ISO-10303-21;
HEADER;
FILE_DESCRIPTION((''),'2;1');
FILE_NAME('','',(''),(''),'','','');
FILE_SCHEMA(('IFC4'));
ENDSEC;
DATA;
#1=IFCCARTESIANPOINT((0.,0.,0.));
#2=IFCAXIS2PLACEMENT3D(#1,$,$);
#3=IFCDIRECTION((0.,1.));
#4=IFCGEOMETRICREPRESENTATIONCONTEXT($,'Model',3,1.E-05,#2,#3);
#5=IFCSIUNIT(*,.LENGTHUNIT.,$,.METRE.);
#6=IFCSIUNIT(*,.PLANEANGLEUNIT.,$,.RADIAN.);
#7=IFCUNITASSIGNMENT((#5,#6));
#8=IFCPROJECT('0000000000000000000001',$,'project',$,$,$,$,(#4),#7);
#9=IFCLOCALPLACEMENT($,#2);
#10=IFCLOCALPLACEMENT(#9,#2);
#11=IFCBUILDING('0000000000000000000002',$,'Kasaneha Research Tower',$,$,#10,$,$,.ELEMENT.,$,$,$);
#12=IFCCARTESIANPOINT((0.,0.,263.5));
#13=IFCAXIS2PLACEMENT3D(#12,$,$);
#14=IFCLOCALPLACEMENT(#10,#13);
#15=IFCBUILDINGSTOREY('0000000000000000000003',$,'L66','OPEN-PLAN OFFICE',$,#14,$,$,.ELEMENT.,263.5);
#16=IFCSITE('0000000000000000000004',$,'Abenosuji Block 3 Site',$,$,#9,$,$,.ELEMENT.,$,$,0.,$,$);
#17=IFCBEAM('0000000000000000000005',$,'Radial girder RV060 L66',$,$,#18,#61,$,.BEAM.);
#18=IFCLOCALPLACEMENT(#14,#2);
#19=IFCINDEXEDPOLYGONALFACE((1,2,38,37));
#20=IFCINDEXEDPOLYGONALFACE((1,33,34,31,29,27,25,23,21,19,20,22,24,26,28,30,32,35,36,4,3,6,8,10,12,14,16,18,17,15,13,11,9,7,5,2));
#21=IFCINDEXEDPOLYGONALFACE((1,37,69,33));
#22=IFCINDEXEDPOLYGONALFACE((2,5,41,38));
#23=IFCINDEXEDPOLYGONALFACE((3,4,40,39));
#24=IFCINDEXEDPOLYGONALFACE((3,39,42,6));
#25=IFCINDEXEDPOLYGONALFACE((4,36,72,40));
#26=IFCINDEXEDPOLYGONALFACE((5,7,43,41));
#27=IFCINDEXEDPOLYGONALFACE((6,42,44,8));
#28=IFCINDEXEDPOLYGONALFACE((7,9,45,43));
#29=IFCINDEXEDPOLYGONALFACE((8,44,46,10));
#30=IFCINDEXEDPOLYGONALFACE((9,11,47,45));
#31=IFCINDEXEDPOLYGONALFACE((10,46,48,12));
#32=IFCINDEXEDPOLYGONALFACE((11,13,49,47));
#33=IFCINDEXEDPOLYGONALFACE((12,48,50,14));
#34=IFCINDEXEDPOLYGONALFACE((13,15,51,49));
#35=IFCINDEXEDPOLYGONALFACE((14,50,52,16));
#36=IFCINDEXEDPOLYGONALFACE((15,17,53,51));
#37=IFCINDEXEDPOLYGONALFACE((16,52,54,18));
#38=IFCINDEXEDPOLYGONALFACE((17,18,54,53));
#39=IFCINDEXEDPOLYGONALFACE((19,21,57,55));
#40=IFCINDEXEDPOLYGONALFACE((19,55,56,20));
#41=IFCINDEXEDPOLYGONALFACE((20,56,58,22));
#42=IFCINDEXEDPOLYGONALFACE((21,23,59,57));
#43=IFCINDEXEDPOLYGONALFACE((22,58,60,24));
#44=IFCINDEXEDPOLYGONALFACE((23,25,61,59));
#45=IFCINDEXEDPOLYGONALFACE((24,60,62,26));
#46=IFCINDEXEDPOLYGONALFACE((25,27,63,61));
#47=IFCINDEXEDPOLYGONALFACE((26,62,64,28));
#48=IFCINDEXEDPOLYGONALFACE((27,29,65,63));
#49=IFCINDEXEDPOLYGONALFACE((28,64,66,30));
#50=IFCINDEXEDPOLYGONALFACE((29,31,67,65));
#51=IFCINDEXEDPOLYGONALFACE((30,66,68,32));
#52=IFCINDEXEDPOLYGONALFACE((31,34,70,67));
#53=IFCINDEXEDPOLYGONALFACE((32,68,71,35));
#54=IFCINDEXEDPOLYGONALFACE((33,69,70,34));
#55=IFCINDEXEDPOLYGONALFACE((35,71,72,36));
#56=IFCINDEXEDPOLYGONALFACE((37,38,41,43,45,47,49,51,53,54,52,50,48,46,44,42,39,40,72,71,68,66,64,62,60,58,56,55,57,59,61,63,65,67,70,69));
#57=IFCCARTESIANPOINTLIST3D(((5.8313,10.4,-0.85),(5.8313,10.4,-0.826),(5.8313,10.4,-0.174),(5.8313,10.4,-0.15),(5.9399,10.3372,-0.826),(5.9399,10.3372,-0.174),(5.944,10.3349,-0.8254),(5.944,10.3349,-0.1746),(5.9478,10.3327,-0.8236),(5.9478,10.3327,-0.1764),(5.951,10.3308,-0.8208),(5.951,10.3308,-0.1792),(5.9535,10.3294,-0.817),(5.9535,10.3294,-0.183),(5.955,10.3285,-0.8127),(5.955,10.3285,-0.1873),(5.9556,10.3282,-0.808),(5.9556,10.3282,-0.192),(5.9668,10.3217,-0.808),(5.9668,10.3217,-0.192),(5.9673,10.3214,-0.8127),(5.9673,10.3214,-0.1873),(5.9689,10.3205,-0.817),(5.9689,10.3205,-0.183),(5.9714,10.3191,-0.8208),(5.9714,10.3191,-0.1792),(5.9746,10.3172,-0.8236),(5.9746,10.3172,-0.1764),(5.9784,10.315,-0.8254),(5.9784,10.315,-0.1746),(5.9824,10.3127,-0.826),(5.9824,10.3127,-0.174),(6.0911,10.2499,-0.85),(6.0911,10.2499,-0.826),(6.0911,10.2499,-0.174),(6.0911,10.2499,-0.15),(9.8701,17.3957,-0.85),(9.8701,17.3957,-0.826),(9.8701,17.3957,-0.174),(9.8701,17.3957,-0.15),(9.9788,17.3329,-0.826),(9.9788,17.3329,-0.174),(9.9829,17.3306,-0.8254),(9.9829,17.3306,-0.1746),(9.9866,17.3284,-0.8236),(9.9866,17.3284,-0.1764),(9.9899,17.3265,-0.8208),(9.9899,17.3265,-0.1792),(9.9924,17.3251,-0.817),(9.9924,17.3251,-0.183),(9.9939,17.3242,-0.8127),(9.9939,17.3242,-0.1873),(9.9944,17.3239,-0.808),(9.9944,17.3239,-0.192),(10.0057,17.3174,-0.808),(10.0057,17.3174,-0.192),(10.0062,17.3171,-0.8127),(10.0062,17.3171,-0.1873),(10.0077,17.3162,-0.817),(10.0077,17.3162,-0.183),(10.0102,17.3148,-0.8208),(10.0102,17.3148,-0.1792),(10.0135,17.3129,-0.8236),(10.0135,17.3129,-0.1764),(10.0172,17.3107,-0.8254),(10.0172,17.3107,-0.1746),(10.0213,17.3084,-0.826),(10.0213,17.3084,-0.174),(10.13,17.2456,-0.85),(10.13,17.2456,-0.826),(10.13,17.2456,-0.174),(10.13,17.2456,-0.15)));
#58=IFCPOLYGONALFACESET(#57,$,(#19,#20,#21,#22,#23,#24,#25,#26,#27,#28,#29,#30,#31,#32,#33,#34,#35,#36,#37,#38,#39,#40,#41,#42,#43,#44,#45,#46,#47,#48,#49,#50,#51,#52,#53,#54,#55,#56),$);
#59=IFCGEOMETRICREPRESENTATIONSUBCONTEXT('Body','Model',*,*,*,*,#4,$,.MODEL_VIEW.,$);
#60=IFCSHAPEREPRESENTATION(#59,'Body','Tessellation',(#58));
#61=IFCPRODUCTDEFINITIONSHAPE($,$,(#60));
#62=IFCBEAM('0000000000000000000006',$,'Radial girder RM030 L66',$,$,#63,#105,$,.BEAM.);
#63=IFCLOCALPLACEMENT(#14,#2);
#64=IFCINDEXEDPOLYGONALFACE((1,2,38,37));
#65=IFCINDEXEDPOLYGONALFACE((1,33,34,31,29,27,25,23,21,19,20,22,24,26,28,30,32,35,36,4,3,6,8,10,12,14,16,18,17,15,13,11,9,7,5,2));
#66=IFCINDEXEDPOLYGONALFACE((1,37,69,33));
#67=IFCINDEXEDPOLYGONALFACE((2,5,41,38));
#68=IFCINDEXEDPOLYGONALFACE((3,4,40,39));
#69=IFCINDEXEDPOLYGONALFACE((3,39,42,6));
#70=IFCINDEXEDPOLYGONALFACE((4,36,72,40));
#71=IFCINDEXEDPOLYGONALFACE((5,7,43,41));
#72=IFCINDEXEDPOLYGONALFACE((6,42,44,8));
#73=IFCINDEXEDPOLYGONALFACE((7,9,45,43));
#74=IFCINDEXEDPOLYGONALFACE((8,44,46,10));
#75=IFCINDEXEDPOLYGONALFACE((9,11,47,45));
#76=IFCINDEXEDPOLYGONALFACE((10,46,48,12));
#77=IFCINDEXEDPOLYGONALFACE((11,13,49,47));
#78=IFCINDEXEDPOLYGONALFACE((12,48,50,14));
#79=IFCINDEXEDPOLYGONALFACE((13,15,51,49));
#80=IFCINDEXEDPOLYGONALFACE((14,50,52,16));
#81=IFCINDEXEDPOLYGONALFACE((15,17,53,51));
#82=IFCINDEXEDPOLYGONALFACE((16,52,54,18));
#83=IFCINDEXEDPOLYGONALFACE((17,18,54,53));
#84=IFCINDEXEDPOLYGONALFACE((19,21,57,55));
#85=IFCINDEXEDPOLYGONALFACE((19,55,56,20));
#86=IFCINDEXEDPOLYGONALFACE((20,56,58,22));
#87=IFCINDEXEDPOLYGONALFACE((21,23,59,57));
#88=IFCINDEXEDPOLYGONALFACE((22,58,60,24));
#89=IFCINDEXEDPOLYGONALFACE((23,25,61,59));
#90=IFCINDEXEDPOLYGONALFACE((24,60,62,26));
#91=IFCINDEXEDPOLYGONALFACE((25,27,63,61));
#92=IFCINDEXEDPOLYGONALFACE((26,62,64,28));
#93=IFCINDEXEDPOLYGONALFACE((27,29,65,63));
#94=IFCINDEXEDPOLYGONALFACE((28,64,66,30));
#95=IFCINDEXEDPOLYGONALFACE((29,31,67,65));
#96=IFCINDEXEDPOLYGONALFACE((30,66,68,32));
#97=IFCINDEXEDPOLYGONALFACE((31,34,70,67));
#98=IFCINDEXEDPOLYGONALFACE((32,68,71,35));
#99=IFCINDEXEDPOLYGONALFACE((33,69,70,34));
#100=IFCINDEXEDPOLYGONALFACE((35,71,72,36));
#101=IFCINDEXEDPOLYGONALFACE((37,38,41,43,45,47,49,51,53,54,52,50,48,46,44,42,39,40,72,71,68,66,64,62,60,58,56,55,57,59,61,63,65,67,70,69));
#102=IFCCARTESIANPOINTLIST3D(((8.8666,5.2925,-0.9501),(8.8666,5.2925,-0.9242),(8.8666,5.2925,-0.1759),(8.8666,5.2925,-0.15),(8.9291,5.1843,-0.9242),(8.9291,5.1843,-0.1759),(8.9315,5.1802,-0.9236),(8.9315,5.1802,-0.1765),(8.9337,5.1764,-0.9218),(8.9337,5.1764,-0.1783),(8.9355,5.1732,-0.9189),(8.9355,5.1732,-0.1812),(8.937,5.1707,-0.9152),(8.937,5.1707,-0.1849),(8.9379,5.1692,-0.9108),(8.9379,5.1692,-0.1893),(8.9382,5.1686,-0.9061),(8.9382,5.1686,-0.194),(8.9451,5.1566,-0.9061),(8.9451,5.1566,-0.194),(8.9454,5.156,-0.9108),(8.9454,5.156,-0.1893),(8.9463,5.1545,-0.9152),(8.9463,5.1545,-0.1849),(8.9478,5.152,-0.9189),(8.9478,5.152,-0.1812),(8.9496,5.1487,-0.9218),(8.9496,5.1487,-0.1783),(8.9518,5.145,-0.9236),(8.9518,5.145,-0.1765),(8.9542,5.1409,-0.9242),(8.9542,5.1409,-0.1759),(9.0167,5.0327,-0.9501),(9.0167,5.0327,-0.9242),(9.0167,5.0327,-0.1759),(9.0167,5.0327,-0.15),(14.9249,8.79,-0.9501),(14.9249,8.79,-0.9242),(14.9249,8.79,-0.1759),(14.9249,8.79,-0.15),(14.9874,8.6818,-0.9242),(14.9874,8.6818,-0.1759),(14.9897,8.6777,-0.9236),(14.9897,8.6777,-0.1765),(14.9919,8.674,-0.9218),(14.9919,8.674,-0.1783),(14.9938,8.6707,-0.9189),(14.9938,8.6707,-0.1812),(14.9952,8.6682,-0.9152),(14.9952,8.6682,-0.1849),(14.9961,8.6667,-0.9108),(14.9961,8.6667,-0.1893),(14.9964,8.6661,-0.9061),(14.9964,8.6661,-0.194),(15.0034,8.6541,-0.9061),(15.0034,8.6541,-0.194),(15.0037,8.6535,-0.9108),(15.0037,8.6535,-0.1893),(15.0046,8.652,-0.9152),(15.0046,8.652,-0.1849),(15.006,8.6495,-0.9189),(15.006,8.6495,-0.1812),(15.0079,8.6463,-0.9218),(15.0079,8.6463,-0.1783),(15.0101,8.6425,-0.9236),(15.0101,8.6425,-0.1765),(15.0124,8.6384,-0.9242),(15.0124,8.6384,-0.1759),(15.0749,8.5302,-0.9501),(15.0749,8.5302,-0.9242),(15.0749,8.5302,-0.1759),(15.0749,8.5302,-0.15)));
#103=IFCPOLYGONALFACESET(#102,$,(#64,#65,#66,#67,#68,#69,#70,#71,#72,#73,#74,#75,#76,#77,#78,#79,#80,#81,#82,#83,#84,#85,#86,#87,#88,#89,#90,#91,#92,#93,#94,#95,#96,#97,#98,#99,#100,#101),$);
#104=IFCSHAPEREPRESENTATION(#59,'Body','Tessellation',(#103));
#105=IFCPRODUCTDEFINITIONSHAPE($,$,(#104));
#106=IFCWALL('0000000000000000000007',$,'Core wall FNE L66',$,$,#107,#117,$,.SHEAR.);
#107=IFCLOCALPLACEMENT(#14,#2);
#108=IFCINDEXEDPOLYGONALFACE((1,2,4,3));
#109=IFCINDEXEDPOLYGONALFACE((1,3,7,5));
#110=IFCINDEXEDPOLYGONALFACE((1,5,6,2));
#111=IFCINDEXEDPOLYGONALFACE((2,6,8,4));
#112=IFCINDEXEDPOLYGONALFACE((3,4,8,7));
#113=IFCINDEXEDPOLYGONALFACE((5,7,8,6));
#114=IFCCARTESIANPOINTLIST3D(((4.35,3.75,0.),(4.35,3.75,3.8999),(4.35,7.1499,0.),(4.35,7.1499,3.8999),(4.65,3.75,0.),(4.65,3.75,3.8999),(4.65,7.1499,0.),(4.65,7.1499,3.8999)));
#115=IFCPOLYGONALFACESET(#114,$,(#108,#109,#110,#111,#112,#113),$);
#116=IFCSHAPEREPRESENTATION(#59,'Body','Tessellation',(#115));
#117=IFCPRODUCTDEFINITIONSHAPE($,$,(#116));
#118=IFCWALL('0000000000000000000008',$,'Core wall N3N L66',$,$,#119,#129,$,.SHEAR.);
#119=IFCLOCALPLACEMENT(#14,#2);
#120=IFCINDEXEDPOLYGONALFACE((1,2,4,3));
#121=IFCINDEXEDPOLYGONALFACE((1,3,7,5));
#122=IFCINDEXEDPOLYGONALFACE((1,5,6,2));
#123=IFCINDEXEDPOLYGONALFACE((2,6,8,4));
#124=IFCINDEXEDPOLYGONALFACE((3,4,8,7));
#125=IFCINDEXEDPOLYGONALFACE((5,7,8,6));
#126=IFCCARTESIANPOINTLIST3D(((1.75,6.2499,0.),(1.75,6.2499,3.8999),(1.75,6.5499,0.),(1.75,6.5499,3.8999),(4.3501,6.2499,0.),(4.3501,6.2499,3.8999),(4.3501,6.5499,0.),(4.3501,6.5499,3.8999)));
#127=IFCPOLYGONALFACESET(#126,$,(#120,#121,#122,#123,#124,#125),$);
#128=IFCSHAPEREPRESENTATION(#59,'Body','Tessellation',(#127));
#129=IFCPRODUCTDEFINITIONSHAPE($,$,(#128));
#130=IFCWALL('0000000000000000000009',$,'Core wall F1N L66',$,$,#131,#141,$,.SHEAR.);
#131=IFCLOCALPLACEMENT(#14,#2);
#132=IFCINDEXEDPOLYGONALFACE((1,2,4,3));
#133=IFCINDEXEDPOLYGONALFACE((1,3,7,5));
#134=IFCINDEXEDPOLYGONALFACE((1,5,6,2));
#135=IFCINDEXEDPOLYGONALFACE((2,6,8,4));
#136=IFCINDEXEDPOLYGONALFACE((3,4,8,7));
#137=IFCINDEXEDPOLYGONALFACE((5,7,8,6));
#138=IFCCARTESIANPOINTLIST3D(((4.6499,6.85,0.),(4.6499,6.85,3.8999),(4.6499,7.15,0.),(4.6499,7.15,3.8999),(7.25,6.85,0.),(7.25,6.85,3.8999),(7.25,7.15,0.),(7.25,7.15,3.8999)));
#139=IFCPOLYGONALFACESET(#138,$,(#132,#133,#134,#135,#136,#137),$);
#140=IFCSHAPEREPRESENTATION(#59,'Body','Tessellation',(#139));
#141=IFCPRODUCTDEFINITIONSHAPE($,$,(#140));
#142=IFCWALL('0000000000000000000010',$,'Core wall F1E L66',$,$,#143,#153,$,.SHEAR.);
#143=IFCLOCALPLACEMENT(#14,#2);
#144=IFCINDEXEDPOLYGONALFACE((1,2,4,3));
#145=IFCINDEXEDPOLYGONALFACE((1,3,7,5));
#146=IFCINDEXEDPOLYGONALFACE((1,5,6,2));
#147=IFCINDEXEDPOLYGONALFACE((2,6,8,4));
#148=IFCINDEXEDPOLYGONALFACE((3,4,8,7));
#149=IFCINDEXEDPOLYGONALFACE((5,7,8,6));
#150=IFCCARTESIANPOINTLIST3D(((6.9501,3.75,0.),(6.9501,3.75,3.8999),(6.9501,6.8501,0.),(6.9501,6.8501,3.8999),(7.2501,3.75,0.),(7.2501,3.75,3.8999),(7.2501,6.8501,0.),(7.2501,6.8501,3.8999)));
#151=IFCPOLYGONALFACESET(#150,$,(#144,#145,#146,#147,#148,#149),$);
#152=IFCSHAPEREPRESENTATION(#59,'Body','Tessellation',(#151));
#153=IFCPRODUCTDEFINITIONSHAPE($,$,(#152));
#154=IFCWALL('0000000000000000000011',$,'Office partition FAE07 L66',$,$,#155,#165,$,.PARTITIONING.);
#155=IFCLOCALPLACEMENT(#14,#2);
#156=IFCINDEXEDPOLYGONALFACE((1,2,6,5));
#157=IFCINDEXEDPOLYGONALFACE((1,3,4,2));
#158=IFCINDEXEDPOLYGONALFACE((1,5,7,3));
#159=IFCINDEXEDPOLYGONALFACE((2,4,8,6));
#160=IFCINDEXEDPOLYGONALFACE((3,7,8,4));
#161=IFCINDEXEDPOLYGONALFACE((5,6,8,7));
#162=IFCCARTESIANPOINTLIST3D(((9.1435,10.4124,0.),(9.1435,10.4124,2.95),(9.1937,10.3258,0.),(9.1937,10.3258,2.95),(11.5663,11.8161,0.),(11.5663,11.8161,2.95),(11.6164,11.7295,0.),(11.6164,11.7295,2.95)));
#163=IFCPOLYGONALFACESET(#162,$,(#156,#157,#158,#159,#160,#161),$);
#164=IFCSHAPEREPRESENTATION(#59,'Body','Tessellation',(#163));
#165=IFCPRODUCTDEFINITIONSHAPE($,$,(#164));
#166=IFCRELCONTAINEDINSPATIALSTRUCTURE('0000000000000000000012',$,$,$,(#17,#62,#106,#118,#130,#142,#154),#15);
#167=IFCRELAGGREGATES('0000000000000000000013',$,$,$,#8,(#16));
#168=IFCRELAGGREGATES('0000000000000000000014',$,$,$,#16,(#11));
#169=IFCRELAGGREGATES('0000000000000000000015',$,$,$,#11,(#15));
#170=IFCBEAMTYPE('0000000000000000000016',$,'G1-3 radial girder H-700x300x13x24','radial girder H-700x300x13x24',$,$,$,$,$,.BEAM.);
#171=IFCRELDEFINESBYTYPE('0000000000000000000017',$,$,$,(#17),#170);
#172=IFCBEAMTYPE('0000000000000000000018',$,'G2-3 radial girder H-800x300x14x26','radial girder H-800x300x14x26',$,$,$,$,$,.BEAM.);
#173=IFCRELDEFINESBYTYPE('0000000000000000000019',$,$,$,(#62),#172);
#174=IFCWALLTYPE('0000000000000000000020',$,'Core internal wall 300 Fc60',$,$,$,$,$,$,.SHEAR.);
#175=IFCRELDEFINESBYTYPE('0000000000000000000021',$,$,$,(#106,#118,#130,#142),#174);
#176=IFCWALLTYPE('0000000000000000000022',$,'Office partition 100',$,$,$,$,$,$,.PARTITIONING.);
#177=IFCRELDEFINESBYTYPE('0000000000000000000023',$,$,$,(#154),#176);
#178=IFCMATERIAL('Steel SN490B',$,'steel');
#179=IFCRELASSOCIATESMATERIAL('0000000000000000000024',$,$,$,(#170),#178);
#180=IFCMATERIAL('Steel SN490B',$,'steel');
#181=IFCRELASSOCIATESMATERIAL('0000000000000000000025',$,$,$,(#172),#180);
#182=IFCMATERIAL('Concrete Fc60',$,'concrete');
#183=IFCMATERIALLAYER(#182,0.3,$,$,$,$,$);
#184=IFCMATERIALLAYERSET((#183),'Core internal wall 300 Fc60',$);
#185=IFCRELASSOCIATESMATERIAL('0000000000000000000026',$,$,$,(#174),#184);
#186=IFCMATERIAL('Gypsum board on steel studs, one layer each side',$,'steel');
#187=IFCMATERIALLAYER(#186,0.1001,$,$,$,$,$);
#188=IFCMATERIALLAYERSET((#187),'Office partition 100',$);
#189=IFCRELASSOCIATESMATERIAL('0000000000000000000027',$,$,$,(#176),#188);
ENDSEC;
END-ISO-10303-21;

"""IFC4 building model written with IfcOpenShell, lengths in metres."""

from ifc_helpers import new_model, si_unit, direction, frame, frame_2d, origin, origin_2d, place, context, subcontext, project, spatial, rectangle, i_section, extrude, material, layer, layer_set, material_profile, profile_set, type_object, element, save


model = new_model("IFC4")

# Units and contexts
model_context = context("Model", 3, precision=1e-05, world=origin(), true_north=direction((0.0, 1.0)))
body_context = subcontext(model_context, "Body", "Model", "MODEL_VIEW")
ifc_project = project(units=[si_unit("LENGTHUNIT", "METRE"), si_unit("PLANEANGLEUNIT", "RADIAN")], contexts=[model_context])

# Site, building, storey
site_placement = place(None, origin())
site = spatial("IfcSite", under=ifc_project, at=site_placement, Name="Abenosuji Block 3 Site", CompositionType="ELEMENT", RefElevation=0.0)
building_placement = place(site_placement, origin())
building = spatial("IfcBuilding", under=site, at=building_placement, Name="Kasaneha Research Tower", CompositionType="ELEMENT")
storey_placement = place(building_placement, frame((0.0, 0.0, 263.5)))
storey = spatial("IfcBuildingStorey", under=building, at=storey_placement, Name="L66", Description="OPEN-PLAN OFFICE", CompositionType="ELEMENT", Elevation=263.5)

# Beams
ifc_material_1 = material(Name="Steel SN490B", Category="steel")
ifc_material_profile_1 = material_profile(ifc_material_1, i_section(OverallWidth=0.3, OverallDepth=0.7, WebThickness=0.0129, FlangeThickness=0.0239, FilletRadius=0.0181, at=origin_2d()), Name="H-700x300x13x24")
ifc_profile_set_1 = profile_set([ifc_material_profile_1], Name="Steel SN490B")
beam_type_1 = type_object("IfcBeamType", Name="G1-3 radial girder H-700x300x13x24", Description="radial girder H-700x300x13x24", PredefinedType="BEAM", material=ifc_profile_set_1)
beam_1_placement = place(storey_placement, frame((5.9612, 10.325, -0.5), z_axis=(0.499991, 0.866031, 0.0), x_axis=(-0.866031, 0.499991, 0.0)))
element("IfcBeam", 1, at=beam_1_placement, inside=storey, type_object=beam_type_1, Name="Radial girder RV060 L66", PredefinedType="BEAM", context=body_context, shape_type="SweptSolid", body=[
    extrude(i_section(OverallWidth=0.3, OverallDepth=0.7, WebThickness=0.0129, FlangeThickness=0.0239, FilletRadius=0.0181, at=origin_2d()), origin(), (0.0, 0.0, 1.0), 8.0779),
])
ifc_material_2 = material(Name="Steel SN490B", Category="steel")
ifc_material_profile_2 = material_profile(ifc_material_2, i_section(OverallWidth=0.3, OverallDepth=0.8, WebThickness=0.0139, FlangeThickness=0.0259, FilletRadius=0.0181, at=origin_2d()), Name="H-800x300x14x26")
ifc_profile_set_2 = profile_set([ifc_material_profile_2], Name="Steel SN490B")
beam_type_2 = type_object("IfcBeamType", Name="G2-3 radial girder H-800x300x14x26", Description="radial girder H-800x300x14x26", PredefinedType="BEAM", material=ifc_profile_set_2)
beam_2_placement = place(storey_placement, frame((8.9417, 5.1626, -0.55), z_axis=(0.86604, 0.499975, 0.0), x_axis=(-0.499975, 0.86604, 0.0)))
element("IfcBeam", 2, at=beam_2_placement, inside=storey, type_object=beam_type_2, Name="Radial girder RM030 L66", PredefinedType="BEAM", context=body_context, shape_type="SweptSolid", body=[
    extrude(i_section(OverallWidth=0.3, OverallDepth=0.8, WebThickness=0.0139, FlangeThickness=0.0259, FilletRadius=0.0181, at=origin_2d()), origin(), (0.0, 0.0, 1.0), 6.9954),
])

# Walls
ifc_material_3 = material(Name="Concrete Fc60", Category="concrete")
ifc_layer_1 = layer(ifc_material_3, 0.3)
ifc_layer_set_1 = layer_set([ifc_layer_1], Name="Core internal wall 300 Fc60")
wall_type_1 = type_object("IfcWallType", Name="Core internal wall 300 Fc60", PredefinedType="SHEAR", material=ifc_layer_set_1)
wall_1_placement = place(storey_placement, frame((4.5, 3.75, 0.0), z_axis=(0.0, 0.0, 1.0), x_axis=(0.0, 1.0, 0.0)))
element("IfcWall", 3, at=wall_1_placement, inside=storey, type_object=wall_type_1, Name="Core wall FNE L66", PredefinedType="SHEAR", context=body_context, shape_type="SweptSolid", body=[
    extrude(rectangle(XDim=3.3999, YDim=0.3, at=frame_2d((1.7, 0.0))), origin(), (0.0, 0.0, 1.0), 3.8999),
])
for number, where, z_axis, x_axis, name in (
    (4, (1.75, 6.3999, 0.0), (0.0, 0.0, 1.0), (1.0, 0.0, 0.0), "Core wall N3N L66"),
    (5, (4.6499, 7.0, 0.0), (0.0, 0.0, 1.0), (1.0, 0.0, 0.0), "Core wall F1N L66"),
):
    element("IfcWall", number, at=place(storey_placement, frame(where, z_axis=z_axis, x_axis=x_axis)), inside=storey, type_object=wall_type_1, Name=name, PredefinedType="SHEAR", context=body_context, shape_type="SweptSolid", body=[
        extrude(rectangle(XDim=2.6001, YDim=0.3, at=frame_2d((1.3, 0.0))), origin(), (0.0, 0.0, 1.0), 3.8999),
    ])
wall_2_placement = place(storey_placement, frame((7.1001, 3.75, 0.0), z_axis=(0.0, 0.0, 1.0), x_axis=(0.0, 1.0, 0.0)))
element("IfcWall", 6, at=wall_2_placement, inside=storey, type_object=wall_type_1, Name="Core wall F1E L66", PredefinedType="SHEAR", context=body_context, shape_type="SweptSolid", body=[
    extrude(rectangle(XDim=3.1001, YDim=0.3, at=frame_2d((1.55, 0.0))), origin(), (0.0, 0.0, 1.0), 3.8999),
])

# Wall
ifc_material_4 = material(Name="Gypsum board on steel studs, one layer each side", Category="steel")
ifc_layer_2 = layer(ifc_material_4, 0.1001)
ifc_layer_set_2 = layer_set([ifc_layer_2], Name="Office partition 100")
wall_type_2 = type_object("IfcWallType", Name="Office partition 100", PredefinedType="PARTITIONING", material=ifc_layer_set_2)
wall_3_placement = place(storey_placement, frame((9.1687, 10.3691, 0.0), z_axis=(0.0, 0.0, 1.0), x_axis=(0.865255, 0.501332, 0.0)))
element("IfcWall", 7, at=wall_3_placement, inside=storey, type_object=wall_type_2, Name="Office partition FAE07 L66", PredefinedType="PARTITIONING", context=body_context, shape_type="SweptSolid", body=[
    extrude(rectangle(XDim=2.8, YDim=0.1001, at=frame_2d((1.3999, 0.0))), origin(), (0.0, 0.0, 1.0), 2.95),
])

save(model, "model.ifc")
